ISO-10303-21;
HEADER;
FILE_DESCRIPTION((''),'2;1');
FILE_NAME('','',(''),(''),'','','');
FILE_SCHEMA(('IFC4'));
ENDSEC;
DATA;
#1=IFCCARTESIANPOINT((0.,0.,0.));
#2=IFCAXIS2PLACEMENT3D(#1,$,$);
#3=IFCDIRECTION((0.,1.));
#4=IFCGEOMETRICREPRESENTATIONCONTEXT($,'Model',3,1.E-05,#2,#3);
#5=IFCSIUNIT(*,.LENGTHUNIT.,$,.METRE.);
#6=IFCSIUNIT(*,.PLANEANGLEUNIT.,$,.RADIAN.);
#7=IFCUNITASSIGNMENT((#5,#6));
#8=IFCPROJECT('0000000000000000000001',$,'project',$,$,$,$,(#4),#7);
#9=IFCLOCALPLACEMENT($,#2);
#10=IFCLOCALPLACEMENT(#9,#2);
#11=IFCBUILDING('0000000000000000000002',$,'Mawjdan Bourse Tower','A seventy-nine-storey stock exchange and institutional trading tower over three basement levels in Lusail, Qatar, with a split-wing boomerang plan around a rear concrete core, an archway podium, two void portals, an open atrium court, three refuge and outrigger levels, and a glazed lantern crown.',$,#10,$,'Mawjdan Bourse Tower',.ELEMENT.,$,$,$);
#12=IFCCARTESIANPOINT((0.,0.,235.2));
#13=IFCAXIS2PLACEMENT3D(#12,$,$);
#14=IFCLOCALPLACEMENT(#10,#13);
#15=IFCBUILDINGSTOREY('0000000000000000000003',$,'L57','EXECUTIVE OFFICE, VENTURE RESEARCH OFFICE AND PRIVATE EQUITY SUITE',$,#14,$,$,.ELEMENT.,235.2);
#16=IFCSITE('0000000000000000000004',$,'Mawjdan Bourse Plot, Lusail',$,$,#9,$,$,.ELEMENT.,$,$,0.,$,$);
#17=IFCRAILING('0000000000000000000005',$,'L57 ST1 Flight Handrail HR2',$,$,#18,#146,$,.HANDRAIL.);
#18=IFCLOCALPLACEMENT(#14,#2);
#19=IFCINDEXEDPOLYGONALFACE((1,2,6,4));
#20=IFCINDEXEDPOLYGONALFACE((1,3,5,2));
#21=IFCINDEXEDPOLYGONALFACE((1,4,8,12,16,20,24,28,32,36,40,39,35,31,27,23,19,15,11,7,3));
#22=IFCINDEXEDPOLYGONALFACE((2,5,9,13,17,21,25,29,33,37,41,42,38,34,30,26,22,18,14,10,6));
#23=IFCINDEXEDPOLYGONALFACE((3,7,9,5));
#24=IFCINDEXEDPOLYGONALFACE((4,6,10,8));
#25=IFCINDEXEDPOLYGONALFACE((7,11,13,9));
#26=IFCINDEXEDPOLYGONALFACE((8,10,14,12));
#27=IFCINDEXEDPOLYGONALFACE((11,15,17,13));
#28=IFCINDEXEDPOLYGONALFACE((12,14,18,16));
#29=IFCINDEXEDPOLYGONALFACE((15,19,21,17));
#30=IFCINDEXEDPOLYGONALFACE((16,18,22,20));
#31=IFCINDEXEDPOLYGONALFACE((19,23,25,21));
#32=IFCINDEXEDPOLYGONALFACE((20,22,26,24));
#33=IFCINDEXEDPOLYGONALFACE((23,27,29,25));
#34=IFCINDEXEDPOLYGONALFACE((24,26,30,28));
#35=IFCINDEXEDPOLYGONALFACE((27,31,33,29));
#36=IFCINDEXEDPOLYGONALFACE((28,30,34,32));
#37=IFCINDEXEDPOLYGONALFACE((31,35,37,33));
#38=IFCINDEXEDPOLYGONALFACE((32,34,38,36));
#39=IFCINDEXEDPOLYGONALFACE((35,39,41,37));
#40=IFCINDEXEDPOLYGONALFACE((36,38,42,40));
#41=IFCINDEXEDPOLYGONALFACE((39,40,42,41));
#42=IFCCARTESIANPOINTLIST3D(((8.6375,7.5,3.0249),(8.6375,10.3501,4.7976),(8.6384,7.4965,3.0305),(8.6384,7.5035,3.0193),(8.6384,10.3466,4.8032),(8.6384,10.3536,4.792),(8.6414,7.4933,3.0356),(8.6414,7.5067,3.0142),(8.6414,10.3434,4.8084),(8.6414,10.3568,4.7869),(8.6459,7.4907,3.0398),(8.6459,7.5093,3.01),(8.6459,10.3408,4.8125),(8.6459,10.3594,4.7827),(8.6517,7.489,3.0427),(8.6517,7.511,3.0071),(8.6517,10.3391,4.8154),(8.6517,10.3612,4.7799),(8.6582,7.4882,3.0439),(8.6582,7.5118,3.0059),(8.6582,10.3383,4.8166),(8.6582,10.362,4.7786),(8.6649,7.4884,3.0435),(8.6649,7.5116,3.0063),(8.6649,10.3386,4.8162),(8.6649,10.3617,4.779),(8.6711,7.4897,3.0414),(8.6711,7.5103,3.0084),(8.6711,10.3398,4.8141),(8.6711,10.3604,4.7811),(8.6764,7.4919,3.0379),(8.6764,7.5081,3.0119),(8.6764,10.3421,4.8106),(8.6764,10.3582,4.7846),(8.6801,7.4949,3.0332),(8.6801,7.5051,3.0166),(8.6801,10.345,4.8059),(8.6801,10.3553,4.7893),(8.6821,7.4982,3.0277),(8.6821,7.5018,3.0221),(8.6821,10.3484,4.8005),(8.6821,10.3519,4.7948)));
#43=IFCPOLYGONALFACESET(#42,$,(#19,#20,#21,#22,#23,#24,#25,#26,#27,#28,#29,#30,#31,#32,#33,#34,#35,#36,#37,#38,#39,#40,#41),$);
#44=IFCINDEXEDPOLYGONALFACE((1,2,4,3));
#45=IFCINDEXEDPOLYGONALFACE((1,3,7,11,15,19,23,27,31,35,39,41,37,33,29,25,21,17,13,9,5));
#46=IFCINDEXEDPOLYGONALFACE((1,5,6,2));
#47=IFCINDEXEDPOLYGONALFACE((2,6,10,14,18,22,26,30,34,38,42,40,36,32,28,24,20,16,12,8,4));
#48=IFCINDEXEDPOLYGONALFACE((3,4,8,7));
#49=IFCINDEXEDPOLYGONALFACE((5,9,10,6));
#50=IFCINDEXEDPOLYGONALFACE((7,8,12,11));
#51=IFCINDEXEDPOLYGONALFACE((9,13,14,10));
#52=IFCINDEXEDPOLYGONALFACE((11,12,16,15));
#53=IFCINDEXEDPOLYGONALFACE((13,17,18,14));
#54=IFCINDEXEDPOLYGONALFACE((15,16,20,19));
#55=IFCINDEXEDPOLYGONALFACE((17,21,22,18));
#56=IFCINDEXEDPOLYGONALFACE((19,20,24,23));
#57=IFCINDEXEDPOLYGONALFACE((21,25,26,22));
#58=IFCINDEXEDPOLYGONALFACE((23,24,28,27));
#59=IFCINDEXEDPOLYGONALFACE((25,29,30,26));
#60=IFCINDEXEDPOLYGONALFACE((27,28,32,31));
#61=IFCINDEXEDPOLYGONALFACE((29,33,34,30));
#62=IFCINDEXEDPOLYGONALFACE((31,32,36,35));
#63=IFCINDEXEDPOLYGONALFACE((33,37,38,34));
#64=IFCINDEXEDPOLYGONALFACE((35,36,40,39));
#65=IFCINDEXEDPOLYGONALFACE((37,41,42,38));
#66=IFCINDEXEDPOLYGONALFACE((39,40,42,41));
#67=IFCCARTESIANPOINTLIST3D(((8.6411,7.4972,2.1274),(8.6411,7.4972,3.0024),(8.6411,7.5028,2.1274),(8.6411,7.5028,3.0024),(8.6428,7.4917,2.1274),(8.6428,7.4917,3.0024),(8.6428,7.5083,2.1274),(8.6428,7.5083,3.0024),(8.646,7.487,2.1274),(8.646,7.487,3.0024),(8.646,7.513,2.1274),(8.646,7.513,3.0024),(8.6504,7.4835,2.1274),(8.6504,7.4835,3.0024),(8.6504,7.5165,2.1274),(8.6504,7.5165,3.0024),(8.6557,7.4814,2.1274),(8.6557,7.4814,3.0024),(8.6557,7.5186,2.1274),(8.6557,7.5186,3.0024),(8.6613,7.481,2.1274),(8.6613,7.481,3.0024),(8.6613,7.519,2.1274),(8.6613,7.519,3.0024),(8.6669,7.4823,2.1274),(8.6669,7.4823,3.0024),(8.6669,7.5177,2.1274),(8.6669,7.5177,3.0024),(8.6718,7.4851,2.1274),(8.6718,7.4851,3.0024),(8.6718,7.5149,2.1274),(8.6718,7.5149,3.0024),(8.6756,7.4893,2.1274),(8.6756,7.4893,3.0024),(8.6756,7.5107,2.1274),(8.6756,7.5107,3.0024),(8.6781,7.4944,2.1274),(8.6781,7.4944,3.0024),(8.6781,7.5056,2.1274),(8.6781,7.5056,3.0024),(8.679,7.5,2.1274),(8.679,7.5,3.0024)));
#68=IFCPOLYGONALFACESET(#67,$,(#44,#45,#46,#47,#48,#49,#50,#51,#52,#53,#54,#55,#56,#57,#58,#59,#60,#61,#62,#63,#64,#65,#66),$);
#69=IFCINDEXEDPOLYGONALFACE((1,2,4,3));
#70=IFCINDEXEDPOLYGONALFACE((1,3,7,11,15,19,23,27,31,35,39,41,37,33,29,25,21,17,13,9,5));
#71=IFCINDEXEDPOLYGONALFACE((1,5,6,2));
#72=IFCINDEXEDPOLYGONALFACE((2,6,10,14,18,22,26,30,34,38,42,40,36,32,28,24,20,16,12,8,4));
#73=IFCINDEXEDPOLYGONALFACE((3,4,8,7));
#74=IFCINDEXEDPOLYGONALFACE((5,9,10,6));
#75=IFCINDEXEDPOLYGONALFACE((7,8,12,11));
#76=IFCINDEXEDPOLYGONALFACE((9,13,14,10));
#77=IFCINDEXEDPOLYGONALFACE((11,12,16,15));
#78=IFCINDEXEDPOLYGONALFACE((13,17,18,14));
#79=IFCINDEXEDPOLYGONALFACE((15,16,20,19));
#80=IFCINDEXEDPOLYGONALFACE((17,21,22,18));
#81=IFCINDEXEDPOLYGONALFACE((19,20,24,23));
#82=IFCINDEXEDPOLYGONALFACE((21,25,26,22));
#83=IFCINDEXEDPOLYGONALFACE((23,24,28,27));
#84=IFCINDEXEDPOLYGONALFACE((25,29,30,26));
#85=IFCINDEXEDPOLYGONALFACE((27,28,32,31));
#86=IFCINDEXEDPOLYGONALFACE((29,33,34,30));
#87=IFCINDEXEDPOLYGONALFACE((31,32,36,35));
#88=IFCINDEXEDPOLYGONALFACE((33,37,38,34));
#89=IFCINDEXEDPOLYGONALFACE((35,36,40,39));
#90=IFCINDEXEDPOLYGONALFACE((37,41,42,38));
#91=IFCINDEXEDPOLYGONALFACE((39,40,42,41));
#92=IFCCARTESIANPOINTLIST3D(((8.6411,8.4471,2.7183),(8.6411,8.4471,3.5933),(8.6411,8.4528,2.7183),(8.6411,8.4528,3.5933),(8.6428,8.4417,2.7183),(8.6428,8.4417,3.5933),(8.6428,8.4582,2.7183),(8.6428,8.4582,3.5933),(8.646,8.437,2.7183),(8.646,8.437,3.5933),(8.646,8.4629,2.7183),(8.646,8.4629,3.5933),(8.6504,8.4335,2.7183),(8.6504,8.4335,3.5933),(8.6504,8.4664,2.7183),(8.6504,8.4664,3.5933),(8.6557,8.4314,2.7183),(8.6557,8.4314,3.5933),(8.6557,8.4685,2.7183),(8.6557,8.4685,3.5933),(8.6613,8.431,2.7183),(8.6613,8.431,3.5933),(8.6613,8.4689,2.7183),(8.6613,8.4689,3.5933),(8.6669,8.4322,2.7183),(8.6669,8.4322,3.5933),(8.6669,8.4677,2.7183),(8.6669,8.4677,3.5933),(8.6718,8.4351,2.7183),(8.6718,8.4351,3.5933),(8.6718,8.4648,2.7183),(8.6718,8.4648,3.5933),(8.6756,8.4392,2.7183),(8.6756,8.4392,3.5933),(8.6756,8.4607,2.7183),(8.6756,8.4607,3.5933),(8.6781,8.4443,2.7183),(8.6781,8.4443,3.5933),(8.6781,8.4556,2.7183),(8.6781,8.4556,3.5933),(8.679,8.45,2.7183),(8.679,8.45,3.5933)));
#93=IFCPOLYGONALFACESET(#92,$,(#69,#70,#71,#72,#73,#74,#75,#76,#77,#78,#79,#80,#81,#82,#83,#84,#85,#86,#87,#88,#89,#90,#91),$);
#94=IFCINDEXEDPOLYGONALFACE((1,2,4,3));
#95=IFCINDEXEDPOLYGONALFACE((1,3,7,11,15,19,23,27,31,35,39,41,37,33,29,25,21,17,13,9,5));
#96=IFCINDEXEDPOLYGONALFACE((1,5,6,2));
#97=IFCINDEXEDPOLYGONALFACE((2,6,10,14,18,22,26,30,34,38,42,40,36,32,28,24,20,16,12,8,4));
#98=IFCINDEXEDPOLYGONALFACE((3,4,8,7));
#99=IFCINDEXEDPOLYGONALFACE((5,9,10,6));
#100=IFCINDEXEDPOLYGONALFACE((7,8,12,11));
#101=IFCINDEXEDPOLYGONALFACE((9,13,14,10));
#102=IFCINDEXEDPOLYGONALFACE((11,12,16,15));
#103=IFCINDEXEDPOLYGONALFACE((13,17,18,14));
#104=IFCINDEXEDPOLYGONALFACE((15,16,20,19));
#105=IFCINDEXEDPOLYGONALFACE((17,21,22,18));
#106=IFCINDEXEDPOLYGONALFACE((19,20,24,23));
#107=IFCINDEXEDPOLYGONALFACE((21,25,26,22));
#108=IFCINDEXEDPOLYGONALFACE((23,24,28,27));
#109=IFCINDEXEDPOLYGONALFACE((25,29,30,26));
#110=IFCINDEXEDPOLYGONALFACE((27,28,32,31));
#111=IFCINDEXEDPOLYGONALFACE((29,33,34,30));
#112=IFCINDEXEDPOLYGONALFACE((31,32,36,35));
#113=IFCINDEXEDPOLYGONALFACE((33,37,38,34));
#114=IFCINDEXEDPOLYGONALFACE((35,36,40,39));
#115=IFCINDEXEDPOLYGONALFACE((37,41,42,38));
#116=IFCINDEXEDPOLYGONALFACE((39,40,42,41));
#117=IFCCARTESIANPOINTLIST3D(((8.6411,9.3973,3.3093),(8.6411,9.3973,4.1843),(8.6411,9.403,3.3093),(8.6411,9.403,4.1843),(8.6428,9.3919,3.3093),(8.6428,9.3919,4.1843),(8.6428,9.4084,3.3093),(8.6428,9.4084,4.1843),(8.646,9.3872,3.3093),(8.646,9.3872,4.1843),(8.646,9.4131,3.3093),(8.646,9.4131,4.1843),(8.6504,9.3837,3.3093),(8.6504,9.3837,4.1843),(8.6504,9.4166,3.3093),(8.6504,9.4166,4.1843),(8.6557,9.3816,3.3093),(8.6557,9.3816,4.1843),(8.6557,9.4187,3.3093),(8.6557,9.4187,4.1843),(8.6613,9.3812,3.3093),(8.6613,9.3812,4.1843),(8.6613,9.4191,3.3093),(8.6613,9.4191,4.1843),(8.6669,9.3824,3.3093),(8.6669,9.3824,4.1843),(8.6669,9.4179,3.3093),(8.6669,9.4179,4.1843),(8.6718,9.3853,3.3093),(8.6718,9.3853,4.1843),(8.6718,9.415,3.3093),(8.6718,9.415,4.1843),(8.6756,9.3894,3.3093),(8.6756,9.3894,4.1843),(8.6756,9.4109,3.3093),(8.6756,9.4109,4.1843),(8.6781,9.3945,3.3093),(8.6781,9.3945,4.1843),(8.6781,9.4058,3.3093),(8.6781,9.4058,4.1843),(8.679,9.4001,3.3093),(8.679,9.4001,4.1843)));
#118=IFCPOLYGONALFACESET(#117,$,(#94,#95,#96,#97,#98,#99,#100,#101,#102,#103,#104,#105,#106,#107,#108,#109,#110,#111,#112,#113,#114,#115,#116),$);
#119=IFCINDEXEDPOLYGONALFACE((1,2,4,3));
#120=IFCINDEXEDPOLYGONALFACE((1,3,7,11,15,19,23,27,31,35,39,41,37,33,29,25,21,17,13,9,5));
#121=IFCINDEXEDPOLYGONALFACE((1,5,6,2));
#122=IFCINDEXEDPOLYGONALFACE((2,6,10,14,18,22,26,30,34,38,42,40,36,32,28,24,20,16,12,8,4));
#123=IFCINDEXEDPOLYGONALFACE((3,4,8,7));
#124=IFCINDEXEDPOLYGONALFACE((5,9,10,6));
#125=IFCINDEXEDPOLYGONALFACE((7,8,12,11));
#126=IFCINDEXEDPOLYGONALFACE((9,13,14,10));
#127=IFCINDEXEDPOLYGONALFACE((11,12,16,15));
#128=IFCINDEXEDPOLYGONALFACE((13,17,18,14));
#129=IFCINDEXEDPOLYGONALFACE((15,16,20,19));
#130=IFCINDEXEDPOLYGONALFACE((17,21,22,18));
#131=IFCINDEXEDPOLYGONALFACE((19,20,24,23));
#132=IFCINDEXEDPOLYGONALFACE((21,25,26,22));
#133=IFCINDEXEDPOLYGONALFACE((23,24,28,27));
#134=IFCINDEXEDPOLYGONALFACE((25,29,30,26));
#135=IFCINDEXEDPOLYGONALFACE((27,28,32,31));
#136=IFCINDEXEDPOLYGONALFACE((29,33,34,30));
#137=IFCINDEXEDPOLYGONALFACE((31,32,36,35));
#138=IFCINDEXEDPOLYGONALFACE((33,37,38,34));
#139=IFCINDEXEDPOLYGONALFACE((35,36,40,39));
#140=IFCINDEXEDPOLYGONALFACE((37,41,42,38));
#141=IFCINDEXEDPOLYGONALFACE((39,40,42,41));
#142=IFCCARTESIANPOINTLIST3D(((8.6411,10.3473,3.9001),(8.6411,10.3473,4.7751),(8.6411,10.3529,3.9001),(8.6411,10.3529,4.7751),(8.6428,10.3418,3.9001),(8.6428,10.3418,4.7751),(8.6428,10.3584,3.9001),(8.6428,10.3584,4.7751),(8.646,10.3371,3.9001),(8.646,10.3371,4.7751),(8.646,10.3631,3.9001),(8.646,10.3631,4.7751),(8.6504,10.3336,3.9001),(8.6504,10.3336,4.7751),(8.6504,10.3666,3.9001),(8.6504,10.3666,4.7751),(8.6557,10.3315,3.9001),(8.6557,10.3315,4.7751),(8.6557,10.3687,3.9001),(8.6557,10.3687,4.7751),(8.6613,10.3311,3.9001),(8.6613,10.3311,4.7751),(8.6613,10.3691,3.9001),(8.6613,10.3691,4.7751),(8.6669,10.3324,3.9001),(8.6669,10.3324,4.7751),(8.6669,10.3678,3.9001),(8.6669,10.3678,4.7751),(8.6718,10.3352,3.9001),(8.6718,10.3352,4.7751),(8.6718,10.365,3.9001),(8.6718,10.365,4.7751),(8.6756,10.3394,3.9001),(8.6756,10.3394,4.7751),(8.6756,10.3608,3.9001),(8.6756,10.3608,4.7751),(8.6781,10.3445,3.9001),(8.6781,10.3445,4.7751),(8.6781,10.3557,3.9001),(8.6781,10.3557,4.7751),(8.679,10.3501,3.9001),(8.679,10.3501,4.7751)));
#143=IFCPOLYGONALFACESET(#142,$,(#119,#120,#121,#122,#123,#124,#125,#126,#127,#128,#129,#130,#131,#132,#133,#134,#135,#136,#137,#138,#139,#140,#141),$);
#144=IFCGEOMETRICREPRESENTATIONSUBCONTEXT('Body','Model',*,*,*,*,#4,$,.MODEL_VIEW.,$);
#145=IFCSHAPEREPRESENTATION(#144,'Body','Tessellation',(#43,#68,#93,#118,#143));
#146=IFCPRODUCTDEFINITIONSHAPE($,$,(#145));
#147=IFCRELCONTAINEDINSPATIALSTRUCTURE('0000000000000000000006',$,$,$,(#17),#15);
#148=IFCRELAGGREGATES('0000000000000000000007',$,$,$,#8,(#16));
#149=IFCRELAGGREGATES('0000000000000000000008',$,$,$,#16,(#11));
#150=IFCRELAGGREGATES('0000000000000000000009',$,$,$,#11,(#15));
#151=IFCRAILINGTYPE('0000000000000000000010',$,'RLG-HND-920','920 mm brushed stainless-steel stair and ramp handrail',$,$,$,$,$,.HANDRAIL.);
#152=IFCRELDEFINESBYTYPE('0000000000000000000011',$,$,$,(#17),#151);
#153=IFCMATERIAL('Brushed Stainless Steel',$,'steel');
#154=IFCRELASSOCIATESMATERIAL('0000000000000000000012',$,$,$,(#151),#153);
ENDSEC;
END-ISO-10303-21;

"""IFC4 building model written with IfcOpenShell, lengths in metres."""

from ifc_helpers import new_model, si_unit, direction, frame, origin, origin_2d, place, context, subcontext, project, spatial, circle, extrude, material, type_object, element, save


model = new_model("IFC4")

# Units and contexts
model_context = context("Model", 3, precision=1e-05, world=origin(), true_north=direction((0.0, 1.0)))
body_context = subcontext(model_context, "Body", "Model", "MODEL_VIEW")
ifc_project = project(units=[si_unit("LENGTHUNIT", "METRE"), si_unit("PLANEANGLEUNIT", "RADIAN")], contexts=[model_context])

# Site, building, storey
site_placement = place(None, origin())
site = spatial("IfcSite", under=ifc_project, at=site_placement, Name="Mawjdan Bourse Plot, Lusail", CompositionType="ELEMENT", RefElevation=0.0)
building_placement = place(site_placement, origin())
building = spatial("IfcBuilding", under=site, at=building_placement, Name="Mawjdan Bourse Tower", Description="A seventy-nine-storey stock exchange and institutional trading tower over three basement levels in Lusail, Qatar, with a split-wing boomerang plan around a rear concrete core, an archway podium, two void portals, an open atrium court, three refuge and outrigger levels, and a glazed lantern crown.", LongName="Mawjdan Bourse Tower", CompositionType="ELEMENT")
storey_placement = place(building_placement, frame((0.0, 0.0, 235.2)))
storey = spatial("IfcBuildingStorey", under=building, at=storey_placement, Name="L57", Description="EXECUTIVE OFFICE, VENTURE RESEARCH OFFICE AND PRIVATE EQUITY SUITE", CompositionType="ELEMENT", Elevation=235.2)

# Railing
ifc_material_1 = material(Name="Brushed Stainless Steel", Category="steel")
railing_type_1 = type_object("IfcRailingType", Name="RLG-HND-920", Description="920 mm brushed stainless-steel stair and ramp handrail", PredefinedType="HANDRAIL", material=ifc_material_1)
for number, where, name in (
    (1, (8.6599, 7.5, 2.1274), "L57 ST1 Flight Handrail HR2"),
):
    element("IfcRailing", number, at=place(storey_placement, frame(where)), inside=storey, type_object=railing_type_1, Name=name, PredefinedType="HANDRAIL", context=body_context, shape_type="SweptSolid", body=[
        extrude(circle(Radius=0.0225, at=origin_2d()), frame((0.0, 0.0, 0.8975), z_axis=(0.0, 0.849149, 0.528154), x_axis=(-1.0, 0.0, 0.0)), (0.0, 0.0, 1.0), 3.3564),
        extrude(circle(Radius=0.019, at=origin_2d()), origin(), (0.0, 0.0, 1.0), 0.875),
        extrude(circle(Radius=0.019, at=origin_2d()), frame((0.0, 0.95, 0.5908)), (0.0, 0.0, 1.0), 0.875),
        extrude(circle(Radius=0.019, at=origin_2d()), frame((0.0, 1.9001, 1.1819)), (0.0, 0.0, 1.0), 0.875),
        extrude(circle(Radius=0.019, at=origin_2d()), frame((0.0, 2.8501, 1.7727)), (0.0, 0.0, 1.0), 0.875),
    ])

save(model, "model.ifc")
